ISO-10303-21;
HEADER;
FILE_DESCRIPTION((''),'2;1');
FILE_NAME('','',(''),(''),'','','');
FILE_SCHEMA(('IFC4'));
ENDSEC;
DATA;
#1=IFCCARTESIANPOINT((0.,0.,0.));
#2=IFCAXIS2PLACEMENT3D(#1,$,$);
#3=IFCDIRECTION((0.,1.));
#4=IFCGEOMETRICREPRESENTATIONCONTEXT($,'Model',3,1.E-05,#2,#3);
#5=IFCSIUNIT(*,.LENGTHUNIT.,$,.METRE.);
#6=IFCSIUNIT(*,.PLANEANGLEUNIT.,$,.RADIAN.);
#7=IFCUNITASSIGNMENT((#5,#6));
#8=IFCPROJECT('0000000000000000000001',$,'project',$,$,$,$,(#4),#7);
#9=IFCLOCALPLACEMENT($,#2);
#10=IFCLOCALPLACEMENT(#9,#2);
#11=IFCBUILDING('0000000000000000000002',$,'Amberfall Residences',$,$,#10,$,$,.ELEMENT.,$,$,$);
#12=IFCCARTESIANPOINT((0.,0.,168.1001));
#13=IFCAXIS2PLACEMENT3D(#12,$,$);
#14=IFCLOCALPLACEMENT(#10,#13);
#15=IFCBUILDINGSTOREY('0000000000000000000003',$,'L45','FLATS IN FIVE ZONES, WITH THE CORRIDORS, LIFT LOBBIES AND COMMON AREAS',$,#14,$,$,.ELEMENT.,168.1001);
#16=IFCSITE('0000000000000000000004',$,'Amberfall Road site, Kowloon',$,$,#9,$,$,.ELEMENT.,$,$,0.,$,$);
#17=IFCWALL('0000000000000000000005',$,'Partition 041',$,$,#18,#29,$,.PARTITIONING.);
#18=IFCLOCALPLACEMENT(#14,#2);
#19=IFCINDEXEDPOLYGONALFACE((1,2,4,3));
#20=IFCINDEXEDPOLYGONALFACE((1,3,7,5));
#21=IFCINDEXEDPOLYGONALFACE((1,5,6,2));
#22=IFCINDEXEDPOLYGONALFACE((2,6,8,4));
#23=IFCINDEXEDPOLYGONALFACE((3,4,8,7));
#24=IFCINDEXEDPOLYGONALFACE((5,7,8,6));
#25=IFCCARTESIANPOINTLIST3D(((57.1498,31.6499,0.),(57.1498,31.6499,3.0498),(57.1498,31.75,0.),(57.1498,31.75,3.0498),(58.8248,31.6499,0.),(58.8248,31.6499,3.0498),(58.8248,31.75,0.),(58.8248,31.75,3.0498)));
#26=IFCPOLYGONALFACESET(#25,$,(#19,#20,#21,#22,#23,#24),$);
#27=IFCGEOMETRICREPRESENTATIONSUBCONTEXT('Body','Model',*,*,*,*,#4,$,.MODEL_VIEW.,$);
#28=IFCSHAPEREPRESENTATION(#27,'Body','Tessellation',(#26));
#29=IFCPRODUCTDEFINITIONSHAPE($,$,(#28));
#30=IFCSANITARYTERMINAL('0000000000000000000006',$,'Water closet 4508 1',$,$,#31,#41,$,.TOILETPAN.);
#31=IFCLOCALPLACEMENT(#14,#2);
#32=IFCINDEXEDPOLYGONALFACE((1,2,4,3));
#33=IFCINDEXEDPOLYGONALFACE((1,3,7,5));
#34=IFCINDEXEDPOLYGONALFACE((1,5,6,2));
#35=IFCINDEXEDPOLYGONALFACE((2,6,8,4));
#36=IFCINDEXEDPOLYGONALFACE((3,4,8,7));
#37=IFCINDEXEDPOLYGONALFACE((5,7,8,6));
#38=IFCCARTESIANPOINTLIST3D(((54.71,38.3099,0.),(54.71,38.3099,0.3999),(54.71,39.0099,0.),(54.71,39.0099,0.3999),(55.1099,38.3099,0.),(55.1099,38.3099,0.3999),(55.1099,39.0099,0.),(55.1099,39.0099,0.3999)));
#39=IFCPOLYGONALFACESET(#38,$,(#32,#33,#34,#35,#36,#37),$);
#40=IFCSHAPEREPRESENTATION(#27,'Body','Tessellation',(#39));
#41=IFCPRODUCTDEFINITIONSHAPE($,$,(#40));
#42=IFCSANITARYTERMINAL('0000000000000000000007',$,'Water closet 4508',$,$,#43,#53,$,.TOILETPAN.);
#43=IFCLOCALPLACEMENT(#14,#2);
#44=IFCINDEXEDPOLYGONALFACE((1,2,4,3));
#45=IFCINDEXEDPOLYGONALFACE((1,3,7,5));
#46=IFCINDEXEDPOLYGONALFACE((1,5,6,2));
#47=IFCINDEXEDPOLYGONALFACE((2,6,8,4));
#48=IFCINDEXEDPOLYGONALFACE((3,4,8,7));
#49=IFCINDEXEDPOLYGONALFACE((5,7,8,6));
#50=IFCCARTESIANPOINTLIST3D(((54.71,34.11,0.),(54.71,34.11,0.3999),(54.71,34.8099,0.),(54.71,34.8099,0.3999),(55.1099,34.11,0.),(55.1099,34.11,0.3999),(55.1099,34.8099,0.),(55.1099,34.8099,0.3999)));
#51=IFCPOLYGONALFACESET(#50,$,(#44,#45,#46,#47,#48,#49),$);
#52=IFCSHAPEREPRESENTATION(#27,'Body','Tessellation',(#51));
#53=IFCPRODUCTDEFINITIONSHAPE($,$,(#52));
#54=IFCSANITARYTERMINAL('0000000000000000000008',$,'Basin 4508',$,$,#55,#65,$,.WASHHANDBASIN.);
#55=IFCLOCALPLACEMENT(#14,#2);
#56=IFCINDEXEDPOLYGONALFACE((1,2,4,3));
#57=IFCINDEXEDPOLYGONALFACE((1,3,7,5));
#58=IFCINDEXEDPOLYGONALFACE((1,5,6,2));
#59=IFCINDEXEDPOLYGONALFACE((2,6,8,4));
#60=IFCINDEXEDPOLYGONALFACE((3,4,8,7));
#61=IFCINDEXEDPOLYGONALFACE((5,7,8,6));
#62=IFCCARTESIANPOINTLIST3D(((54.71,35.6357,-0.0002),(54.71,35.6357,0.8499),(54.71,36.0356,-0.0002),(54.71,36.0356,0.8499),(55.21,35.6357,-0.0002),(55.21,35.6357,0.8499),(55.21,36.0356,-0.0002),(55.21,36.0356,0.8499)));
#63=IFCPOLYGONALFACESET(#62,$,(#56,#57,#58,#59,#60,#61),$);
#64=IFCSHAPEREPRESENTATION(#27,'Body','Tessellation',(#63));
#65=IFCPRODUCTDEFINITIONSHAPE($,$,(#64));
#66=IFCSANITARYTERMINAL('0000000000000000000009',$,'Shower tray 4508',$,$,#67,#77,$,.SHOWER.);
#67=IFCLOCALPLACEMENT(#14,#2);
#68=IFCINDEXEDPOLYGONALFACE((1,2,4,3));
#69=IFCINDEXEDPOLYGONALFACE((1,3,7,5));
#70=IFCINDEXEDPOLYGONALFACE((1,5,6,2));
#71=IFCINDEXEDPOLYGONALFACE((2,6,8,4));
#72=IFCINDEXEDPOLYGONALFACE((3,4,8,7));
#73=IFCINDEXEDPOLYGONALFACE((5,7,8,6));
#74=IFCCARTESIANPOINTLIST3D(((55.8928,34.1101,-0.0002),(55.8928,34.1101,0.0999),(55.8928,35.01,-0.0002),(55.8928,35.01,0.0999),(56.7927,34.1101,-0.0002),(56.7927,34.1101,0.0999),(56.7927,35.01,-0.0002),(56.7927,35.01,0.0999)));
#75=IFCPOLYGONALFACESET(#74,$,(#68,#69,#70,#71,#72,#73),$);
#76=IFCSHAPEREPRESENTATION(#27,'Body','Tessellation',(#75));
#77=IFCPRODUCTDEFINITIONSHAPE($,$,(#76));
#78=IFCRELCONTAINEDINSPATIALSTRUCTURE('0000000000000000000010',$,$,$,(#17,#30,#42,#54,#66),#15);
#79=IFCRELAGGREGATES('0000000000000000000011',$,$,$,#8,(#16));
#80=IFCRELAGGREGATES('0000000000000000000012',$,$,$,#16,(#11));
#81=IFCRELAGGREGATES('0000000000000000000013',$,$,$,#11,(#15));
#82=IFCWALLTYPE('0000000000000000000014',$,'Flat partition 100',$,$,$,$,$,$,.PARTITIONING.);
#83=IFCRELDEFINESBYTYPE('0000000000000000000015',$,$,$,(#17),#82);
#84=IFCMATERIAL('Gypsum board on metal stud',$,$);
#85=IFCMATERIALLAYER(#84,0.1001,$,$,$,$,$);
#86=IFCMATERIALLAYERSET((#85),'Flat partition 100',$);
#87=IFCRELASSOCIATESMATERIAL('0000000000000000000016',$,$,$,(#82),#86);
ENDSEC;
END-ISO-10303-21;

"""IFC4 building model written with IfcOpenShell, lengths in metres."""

from ifc_helpers import new_model, si_unit, direction, frame, frame_2d, origin, origin_2d, place, context, subcontext, project, spatial, rectangle, extrude, material, layer, layer_set, type_object, element, save


model = new_model("IFC4")

# Units and contexts
model_context = context("Model", 3, precision=1e-05, world=origin(), true_north=direction((0.0, 1.0)))
body_context = subcontext(model_context, "Body", "Model", "MODEL_VIEW")
ifc_project = project(units=[si_unit("LENGTHUNIT", "METRE"), si_unit("PLANEANGLEUNIT", "RADIAN")], contexts=[model_context])

# Site, building, storey
site_placement = place(None, origin())
site = spatial("IfcSite", under=ifc_project, at=site_placement, Name="Amberfall Road site, Kowloon", CompositionType="ELEMENT", RefElevation=0.0)
building_placement = place(site_placement, origin())
building = spatial("IfcBuilding", under=site, at=building_placement, Name="Amberfall Residences", CompositionType="ELEMENT")
storey_placement = place(building_placement, frame((0.0, 0.0, 168.1001)))
storey = spatial("IfcBuildingStorey", under=building, at=storey_placement, Name="L45", Description="FLATS IN FIVE ZONES, WITH THE CORRIDORS, LIFT LOBBIES AND COMMON AREAS", CompositionType="ELEMENT", Elevation=168.1001)

# Shared definitions
ifc_material_1 = material(Name="Gypsum board on metal stud")
ifc_layer_1 = layer(ifc_material_1, 0.1001)
ifc_layer_set_1 = layer_set([ifc_layer_1], Name="Flat partition 100")
wall_type_1 = type_object("IfcWallType", Name="Flat partition 100", PredefinedType="PARTITIONING", material=ifc_layer_set_1)

# Wall
wall_1_placement = place(storey_placement, frame((57.1499, 31.7, 0.0), z_axis=(0.0, 0.0, 1.0), x_axis=(1.0, 0.0, 0.0)))
element("IfcWall", 1, at=wall_1_placement, inside=storey, type_object=wall_type_1, Name="Partition 041", PredefinedType="PARTITIONING", context=body_context, shape_type="SweptSolid", body=[
    extrude(rectangle(XDim=1.675, YDim=0.1001, at=frame_2d((0.8374, 0.0))), origin(), (0.0, 0.0, 1.0), 3.0498),
])

# Sanitary terminals
for number, where, z_axis, x_axis, name in (
    (2, (54.9099, 38.6599, 0.0), (0.0, 0.0, 1.0), (1.0, 0.0, 0.0), "Water closet 4508 1"),
    (3, (54.9099, 34.46, 0.0), (0.0, 0.0, 1.0), (1.0, 0.0, 0.0), "Water closet 4508"),
):
    element("IfcSanitaryTerminal", number, at=place(storey_placement, frame(where, z_axis=z_axis, x_axis=x_axis)), inside=storey, Name=name, PredefinedType="TOILETPAN", context=body_context, shape_type="SweptSolid", body=[
        extrude(rectangle(XDim=0.3999, YDim=0.7, at=origin_2d()), origin(), (0.0, 0.0, 1.0), 0.3999),
    ])
sanitary_terminal_1_placement = place(storey_placement, frame((54.96, 35.8357, -0.0002), z_axis=(0.0, 0.0, 1.0), x_axis=(1.0, 0.0, 0.0)))
element("IfcSanitaryTerminal", 4, at=sanitary_terminal_1_placement, inside=storey, Name="Basin 4508", PredefinedType="WASHHANDBASIN", context=body_context, shape_type="SweptSolid", body=[
    extrude(rectangle(XDim=0.5, YDim=0.3999, at=origin_2d()), origin(), (0.0, 0.0, 1.0), 0.8501),
])
sanitary_terminal_2_placement = place(storey_placement, frame((56.3428, 34.5601, -0.0002), z_axis=(0.0, 0.0, 1.0), x_axis=(1.0, 0.0, 0.0)))
element("IfcSanitaryTerminal", 5, at=sanitary_terminal_2_placement, inside=storey, Name="Shower tray 4508", PredefinedType="SHOWER", context=body_context, shape_type="SweptSolid", body=[
    extrude(rectangle(XDim=0.8999, YDim=0.8999, at=origin_2d()), origin(), (0.0, 0.0, 1.0), 0.1001),
])

save(model, "model.ifc")
